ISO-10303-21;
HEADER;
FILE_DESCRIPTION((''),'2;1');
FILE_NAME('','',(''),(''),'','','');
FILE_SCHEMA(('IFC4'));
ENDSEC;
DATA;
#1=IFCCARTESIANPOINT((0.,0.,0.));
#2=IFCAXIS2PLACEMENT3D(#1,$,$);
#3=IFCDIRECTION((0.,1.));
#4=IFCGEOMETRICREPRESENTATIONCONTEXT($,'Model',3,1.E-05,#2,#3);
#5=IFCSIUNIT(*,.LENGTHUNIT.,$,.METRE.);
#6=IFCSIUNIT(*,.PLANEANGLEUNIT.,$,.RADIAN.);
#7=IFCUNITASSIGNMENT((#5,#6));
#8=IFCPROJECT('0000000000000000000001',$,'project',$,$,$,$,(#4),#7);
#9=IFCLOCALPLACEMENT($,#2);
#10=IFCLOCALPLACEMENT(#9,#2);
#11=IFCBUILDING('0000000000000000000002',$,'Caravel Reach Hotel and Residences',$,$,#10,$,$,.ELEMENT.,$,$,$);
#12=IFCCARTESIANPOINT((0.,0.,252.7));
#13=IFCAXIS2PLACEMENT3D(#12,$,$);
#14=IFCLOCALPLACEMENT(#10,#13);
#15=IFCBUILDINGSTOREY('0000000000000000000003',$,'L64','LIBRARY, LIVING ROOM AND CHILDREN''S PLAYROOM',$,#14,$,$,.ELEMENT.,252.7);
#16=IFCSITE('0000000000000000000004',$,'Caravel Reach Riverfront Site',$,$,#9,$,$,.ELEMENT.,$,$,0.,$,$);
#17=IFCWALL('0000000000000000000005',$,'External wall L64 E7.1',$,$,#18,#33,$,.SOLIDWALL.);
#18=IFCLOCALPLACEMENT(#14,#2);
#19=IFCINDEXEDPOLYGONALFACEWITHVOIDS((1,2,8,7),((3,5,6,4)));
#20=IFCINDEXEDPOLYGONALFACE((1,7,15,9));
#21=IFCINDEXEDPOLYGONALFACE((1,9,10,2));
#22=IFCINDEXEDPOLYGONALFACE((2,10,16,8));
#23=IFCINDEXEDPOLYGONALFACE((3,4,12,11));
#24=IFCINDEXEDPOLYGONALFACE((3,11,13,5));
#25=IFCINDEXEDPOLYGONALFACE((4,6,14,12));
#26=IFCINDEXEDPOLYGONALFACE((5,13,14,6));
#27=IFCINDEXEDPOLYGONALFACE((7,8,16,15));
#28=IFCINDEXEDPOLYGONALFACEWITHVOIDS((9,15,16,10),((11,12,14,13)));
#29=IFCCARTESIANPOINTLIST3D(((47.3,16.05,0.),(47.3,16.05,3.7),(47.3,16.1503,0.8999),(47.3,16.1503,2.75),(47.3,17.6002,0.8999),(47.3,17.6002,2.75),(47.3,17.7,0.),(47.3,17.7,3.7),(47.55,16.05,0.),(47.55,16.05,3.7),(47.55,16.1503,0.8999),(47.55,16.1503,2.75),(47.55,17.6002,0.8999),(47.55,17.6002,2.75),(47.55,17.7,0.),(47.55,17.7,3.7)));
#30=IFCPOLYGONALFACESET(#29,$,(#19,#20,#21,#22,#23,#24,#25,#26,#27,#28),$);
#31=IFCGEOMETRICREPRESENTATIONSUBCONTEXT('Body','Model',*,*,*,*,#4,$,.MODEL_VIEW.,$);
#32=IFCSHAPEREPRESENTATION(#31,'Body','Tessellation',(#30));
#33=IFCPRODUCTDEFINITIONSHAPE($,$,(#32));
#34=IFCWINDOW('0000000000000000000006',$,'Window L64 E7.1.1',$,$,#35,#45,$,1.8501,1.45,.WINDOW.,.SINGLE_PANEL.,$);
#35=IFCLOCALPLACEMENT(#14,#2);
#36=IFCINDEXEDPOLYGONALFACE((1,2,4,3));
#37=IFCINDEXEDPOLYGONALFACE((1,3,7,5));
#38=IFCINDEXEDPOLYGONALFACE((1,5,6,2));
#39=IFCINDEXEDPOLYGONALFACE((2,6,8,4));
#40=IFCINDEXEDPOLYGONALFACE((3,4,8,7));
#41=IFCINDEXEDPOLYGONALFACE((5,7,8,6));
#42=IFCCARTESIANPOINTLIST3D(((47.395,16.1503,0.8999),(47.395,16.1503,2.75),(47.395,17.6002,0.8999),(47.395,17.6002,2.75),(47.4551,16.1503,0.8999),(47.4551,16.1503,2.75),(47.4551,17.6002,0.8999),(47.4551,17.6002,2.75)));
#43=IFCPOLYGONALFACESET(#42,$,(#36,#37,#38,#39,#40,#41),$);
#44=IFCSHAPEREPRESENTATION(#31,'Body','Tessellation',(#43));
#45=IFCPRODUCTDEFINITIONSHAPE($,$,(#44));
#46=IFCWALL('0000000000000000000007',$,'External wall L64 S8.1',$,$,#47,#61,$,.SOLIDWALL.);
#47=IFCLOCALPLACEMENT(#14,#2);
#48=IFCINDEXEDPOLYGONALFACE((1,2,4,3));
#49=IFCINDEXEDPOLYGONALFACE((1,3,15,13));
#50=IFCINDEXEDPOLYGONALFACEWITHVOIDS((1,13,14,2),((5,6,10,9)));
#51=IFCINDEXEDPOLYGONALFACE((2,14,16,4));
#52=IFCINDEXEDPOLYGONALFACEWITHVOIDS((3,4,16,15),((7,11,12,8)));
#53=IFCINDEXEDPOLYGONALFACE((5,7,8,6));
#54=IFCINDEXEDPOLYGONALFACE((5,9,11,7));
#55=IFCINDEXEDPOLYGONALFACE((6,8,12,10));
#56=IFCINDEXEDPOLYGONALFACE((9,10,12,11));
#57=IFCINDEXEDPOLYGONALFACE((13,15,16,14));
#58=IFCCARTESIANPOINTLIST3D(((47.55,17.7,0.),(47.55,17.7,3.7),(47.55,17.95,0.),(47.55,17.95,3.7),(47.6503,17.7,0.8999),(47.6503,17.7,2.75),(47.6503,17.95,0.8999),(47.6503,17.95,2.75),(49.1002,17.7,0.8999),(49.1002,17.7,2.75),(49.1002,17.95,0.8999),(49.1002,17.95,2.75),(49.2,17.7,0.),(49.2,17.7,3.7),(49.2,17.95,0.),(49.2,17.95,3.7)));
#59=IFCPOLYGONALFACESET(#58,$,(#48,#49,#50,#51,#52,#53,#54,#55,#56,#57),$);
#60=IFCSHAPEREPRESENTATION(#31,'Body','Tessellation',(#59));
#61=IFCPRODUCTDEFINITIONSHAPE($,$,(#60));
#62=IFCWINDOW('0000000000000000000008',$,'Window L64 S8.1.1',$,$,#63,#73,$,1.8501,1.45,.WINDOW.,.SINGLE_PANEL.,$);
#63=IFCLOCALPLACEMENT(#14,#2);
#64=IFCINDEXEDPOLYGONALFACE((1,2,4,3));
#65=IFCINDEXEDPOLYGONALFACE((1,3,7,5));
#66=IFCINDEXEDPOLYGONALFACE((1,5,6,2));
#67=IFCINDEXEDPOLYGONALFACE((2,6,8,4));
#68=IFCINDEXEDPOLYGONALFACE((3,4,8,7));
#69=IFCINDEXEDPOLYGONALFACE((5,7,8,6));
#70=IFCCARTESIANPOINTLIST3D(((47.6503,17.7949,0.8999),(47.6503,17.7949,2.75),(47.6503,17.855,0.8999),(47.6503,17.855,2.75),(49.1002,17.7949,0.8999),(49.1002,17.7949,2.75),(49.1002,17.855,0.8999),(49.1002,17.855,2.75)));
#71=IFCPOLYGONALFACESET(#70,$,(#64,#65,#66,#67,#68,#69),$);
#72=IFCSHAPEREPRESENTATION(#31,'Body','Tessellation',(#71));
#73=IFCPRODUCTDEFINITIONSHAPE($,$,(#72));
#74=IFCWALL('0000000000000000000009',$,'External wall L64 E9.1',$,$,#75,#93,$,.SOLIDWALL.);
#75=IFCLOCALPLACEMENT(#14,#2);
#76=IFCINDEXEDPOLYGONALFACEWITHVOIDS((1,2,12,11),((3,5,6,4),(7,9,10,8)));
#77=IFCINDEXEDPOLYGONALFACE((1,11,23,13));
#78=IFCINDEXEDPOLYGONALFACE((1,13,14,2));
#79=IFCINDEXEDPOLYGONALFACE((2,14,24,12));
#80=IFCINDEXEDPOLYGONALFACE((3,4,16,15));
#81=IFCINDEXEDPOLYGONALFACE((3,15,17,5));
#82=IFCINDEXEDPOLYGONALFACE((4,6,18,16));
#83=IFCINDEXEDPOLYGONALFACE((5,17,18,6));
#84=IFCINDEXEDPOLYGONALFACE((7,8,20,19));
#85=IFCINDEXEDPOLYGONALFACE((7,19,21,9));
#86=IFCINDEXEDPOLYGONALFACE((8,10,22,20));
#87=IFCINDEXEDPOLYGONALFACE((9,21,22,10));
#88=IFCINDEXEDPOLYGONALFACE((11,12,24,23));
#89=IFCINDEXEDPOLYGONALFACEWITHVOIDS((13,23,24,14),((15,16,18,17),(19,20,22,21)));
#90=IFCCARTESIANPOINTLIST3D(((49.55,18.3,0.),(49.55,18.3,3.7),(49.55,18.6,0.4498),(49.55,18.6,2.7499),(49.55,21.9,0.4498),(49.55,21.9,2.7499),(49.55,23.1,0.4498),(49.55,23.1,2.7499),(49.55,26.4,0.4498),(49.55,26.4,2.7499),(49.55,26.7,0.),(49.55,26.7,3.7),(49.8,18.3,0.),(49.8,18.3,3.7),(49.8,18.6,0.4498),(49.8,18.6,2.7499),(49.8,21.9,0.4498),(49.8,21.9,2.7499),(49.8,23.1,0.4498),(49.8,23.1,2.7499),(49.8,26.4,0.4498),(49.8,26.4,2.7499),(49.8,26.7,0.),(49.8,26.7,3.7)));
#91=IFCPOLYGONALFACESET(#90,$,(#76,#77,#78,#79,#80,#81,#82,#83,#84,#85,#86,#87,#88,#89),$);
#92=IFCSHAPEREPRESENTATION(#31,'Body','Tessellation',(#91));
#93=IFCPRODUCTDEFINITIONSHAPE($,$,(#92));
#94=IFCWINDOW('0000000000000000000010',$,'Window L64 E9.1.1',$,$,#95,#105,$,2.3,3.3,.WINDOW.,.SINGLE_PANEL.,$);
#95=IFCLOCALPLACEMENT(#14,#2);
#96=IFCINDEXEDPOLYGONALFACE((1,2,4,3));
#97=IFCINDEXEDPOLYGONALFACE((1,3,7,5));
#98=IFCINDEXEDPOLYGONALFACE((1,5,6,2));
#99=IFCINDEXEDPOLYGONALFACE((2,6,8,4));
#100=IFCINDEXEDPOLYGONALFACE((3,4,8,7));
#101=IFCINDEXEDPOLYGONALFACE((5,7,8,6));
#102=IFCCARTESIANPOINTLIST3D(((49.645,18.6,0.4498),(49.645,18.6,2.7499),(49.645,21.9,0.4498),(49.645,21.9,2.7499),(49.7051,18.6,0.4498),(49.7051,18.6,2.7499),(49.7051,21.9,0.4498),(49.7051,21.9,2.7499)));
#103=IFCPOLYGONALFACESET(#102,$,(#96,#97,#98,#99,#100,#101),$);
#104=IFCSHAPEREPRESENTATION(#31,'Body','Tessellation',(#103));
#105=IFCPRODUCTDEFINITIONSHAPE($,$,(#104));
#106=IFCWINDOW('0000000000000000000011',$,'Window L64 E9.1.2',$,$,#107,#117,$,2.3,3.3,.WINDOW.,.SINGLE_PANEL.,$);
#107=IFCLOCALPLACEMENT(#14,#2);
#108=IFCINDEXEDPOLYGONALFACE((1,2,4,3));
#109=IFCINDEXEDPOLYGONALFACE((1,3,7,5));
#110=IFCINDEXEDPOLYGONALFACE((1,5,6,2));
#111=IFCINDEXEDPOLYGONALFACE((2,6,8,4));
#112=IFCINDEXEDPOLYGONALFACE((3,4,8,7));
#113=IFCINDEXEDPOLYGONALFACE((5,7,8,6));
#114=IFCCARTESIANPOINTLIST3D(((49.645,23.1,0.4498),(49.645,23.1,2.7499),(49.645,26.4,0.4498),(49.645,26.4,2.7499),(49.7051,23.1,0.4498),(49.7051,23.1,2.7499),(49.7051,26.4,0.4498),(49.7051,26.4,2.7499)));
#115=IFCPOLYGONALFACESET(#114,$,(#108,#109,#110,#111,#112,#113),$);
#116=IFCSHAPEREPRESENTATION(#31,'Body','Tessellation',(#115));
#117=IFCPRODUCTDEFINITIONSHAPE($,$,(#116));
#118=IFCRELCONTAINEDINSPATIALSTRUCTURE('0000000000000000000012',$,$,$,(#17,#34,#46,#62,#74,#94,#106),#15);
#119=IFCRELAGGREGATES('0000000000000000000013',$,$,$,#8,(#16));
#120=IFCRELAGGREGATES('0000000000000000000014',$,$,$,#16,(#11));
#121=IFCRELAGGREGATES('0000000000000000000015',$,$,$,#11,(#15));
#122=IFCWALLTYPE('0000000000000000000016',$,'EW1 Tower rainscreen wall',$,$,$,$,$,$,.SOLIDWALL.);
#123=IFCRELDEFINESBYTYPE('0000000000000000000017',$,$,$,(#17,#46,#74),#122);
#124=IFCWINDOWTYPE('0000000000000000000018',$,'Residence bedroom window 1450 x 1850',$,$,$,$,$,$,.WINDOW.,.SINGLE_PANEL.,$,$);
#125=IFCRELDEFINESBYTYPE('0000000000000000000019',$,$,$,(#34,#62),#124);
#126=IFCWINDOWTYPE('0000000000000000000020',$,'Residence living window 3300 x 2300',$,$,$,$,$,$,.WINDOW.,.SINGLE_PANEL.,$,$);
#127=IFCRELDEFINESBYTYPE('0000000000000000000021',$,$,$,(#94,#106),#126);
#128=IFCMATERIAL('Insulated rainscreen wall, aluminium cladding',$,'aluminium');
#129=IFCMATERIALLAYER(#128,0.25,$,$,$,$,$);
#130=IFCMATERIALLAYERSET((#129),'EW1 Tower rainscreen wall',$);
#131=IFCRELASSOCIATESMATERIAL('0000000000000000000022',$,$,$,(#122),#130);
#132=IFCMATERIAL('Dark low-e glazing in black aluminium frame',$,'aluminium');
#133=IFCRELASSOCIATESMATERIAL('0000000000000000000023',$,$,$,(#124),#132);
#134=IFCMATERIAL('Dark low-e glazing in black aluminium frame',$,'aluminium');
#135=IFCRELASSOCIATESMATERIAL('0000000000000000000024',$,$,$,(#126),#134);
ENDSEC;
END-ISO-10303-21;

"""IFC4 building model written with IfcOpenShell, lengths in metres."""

from ifc_helpers import new_model, si_unit, direction, frame, frame_2d, origin, place, context, subcontext, project, spatial, rectangle, extrude, material, layer, layer_set, type_object, element, fill, save


model = new_model("IFC4")

# Units and contexts
model_context = context("Model", 3, precision=1e-05, world=origin(), true_north=direction((0.0, 1.0)))
body_context = subcontext(model_context, "Body", "Model", "MODEL_VIEW")
ifc_project = project(units=[si_unit("LENGTHUNIT", "METRE"), si_unit("PLANEANGLEUNIT", "RADIAN")], contexts=[model_context])

# Site, building, storey
site_placement = place(None, origin())
site = spatial("IfcSite", under=ifc_project, at=site_placement, Name="Caravel Reach Riverfront Site", CompositionType="ELEMENT", RefElevation=0.0)
building_placement = place(site_placement, origin())
building = spatial("IfcBuilding", under=site, at=building_placement, Name="Caravel Reach Hotel and Residences", CompositionType="ELEMENT")
storey_placement = place(building_placement, frame((0.0, 0.0, 252.7)))
storey = spatial("IfcBuildingStorey", under=building, at=storey_placement, Name="L64", Description="LIBRARY, LIVING ROOM AND CHILDREN'S PLAYROOM", CompositionType="ELEMENT", Elevation=252.7)

# Walls, openings, windows
ifc_material_1 = material(Name="Insulated rainscreen wall, aluminium cladding", Category="aluminium")
ifc_layer = layer(ifc_material_1, 0.25)
ifc_layer_set = layer_set([ifc_layer], Name="EW1 Tower rainscreen wall")
wall_type = type_object("IfcWallType", Name="EW1 Tower rainscreen wall", PredefinedType="SOLIDWALL", material=ifc_layer_set)
wall_1_placement = place(storey_placement, frame((47.425, 16.05, 0.0), z_axis=(0.0, 0.0, 1.0), x_axis=(0.0, 1.0, 0.0)))
wall_1 = element("IfcWall", 1, at=wall_1_placement, inside=storey, type_object=wall_type, Name="External wall L64 E7.1", PredefinedType="SOLIDWALL", context=body_context, shape_type="SweptSolid", body=[
    extrude(rectangle(XDim=1.6499, YDim=0.25, at=frame_2d((0.825, 0.0))), origin(), (0.0, 0.0, 1.0), 3.7),
])
opening_1_placement = place(wall_1_placement, frame((0.1001, 0.0, 0.8999)))
opening_1 = element("IfcOpeningElement", 2, at=opening_1_placement, cuts=wall_1, PredefinedType="OPENING", context=body_context, shape_type="SweptSolid", body=[
    extrude(rectangle(XDim=1.45, YDim=1.8501, at=frame_2d((0.7251, 0.925))), frame((0.0, 0.135, 0.0), z_axis=(0.0, -1.0, 0.0), x_axis=(1.0, 0.0, 0.0)), (0.0, 0.0, 1.0), 0.27),
])
ifc_material_2 = material(Name="Dark low-e glazing in black aluminium frame", Category="aluminium")
window_type_1 = type_object("IfcWindowType", Name="Residence bedroom window 1450 x 1850", PartitioningType="SINGLE_PANEL", PredefinedType="WINDOW", material=ifc_material_2)
window_1_placement = place(opening_1_placement, origin())
window_1 = element("IfcWindow", 3, at=window_1_placement, inside=storey, type_object=window_type_1, Name="Window L64 E7.1.1", OverallHeight=1.8501, OverallWidth=1.45, PartitioningType="SINGLE_PANEL", PredefinedType="WINDOW", context=body_context, shape_type="SweptSolid", body=[
    extrude(rectangle(XDim=1.45, YDim=1.8501, at=frame_2d((0.7251, 0.925))), frame((0.0, 0.03, 0.0), z_axis=(0.0, -1.0, 0.0), x_axis=(1.0, 0.0, 0.0)), (0.0, 0.0, 1.0), 0.0601),
])
fill(opening_1, window_1)
wall_2_placement = place(storey_placement, frame((47.55, 17.825, 0.0), z_axis=(0.0, 0.0, 1.0), x_axis=(1.0, 0.0, 0.0)))
wall_2 = element("IfcWall", 4, at=wall_2_placement, inside=storey, type_object=wall_type, Name="External wall L64 S8.1", PredefinedType="SOLIDWALL", context=body_context, shape_type="SweptSolid", body=[
    extrude(rectangle(XDim=1.6499, YDim=0.25, at=frame_2d((0.825, 0.0))), origin(), (0.0, 0.0, 1.0), 3.7),
])
opening_2_placement = place(wall_2_placement, frame((0.1001, 0.0, 0.8999)))
opening_2 = element("IfcOpeningElement", 5, at=opening_2_placement, cuts=wall_2, PredefinedType="OPENING", context=body_context, shape_type="SweptSolid", body=[
    extrude(rectangle(XDim=1.45, YDim=1.8501, at=frame_2d((0.7251, 0.925))), frame((0.0, 0.135, 0.0), z_axis=(0.0, -1.0, 0.0), x_axis=(1.0, 0.0, 0.0)), (0.0, 0.0, 1.0), 0.27),
])
window_2_placement = place(opening_2_placement, origin())
window_2 = element("IfcWindow", 6, at=window_2_placement, inside=storey, type_object=window_type_1, Name="Window L64 S8.1.1", OverallHeight=1.8501, OverallWidth=1.45, PartitioningType="SINGLE_PANEL", PredefinedType="WINDOW", context=body_context, shape_type="SweptSolid", body=[
    extrude(rectangle(XDim=1.45, YDim=1.8501, at=frame_2d((0.7251, 0.925))), frame((0.0, 0.03, 0.0), z_axis=(0.0, -1.0, 0.0), x_axis=(1.0, 0.0, 0.0)), (0.0, 0.0, 1.0), 0.0601),
])
fill(opening_2, window_2)

# Wall, openings, windows
wall_3_placement = place(storey_placement, frame((49.675, 18.3, 0.0), z_axis=(0.0, 0.0, 1.0), x_axis=(0.0, 1.0, 0.0)))
wall_3 = element("IfcWall", 7, at=wall_3_placement, inside=storey, type_object=wall_type, Name="External wall L64 E9.1", PredefinedType="SOLIDWALL", context=body_context, shape_type="SweptSolid", body=[
    extrude(rectangle(XDim=8.3999, YDim=0.25, at=frame_2d((4.2, 0.0))), origin(), (0.0, 0.0, 1.0), 3.7),
])
opening_3_placement = place(wall_3_placement, frame((0.3, 0.0, 0.45)))
opening_3 = element("IfcOpeningElement", 8, at=opening_3_placement, cuts=wall_3, PredefinedType="OPENING", context=body_context, shape_type="SweptSolid", body=[
    extrude(rectangle(XDim=3.3, YDim=2.3, at=frame_2d((1.6499, 1.1499))), frame((0.0, 0.135, 0.0), z_axis=(0.0, -1.0, 0.0), x_axis=(1.0, 0.0, 0.0)), (0.0, 0.0, 1.0), 0.27),
])
opening_4_placement = place(wall_3_placement, frame((4.8, 0.0, 0.45)))
opening_4 = element("IfcOpeningElement", 9, at=opening_4_placement, cuts=wall_3, PredefinedType="OPENING", context=body_context, shape_type="SweptSolid", body=[
    extrude(rectangle(XDim=3.3, YDim=2.3, at=frame_2d((1.6499, 1.1499))), frame((0.0, 0.135, 0.0), z_axis=(0.0, -1.0, 0.0), x_axis=(1.0, 0.0, 0.0)), (0.0, 0.0, 1.0), 0.27),
])
ifc_material_3 = material(Name="Dark low-e glazing in black aluminium frame", Category="aluminium")
window_type_2 = type_object("IfcWindowType", Name="Residence living window 3300 x 2300", PartitioningType="SINGLE_PANEL", PredefinedType="WINDOW", material=ifc_material_3)
window_3_placement = place(opening_3_placement, origin())
window_3 = element("IfcWindow", 10, at=window_3_placement, inside=storey, type_object=window_type_2, Name="Window L64 E9.1.1", OverallHeight=2.3, OverallWidth=3.3, PartitioningType="SINGLE_PANEL", PredefinedType="WINDOW", context=body_context, shape_type="SweptSolid", body=[
    extrude(rectangle(XDim=3.3, YDim=2.3, at=frame_2d((1.6499, 1.1499))), frame((0.0, 0.03, 0.0), z_axis=(0.0, -1.0, 0.0), x_axis=(1.0, 0.0, 0.0)), (0.0, 0.0, 1.0), 0.0601),
])
fill(opening_3, window_3)
window_4_placement = place(opening_4_placement, origin())
window_4 = element("IfcWindow", 11, at=window_4_placement, inside=storey, type_object=window_type_2, Name="Window L64 E9.1.2", OverallHeight=2.3, OverallWidth=3.3, PartitioningType="SINGLE_PANEL", PredefinedType="WINDOW", context=body_context, shape_type="SweptSolid", body=[
    extrude(rectangle(XDim=3.3, YDim=2.3, at=frame_2d((1.6499, 1.1499))), frame((0.0, 0.03, 0.0), z_axis=(0.0, -1.0, 0.0), x_axis=(1.0, 0.0, 0.0)), (0.0, 0.0, 1.0), 0.0601),
])
fill(opening_4, window_4)

save(model, "model.ifc")
